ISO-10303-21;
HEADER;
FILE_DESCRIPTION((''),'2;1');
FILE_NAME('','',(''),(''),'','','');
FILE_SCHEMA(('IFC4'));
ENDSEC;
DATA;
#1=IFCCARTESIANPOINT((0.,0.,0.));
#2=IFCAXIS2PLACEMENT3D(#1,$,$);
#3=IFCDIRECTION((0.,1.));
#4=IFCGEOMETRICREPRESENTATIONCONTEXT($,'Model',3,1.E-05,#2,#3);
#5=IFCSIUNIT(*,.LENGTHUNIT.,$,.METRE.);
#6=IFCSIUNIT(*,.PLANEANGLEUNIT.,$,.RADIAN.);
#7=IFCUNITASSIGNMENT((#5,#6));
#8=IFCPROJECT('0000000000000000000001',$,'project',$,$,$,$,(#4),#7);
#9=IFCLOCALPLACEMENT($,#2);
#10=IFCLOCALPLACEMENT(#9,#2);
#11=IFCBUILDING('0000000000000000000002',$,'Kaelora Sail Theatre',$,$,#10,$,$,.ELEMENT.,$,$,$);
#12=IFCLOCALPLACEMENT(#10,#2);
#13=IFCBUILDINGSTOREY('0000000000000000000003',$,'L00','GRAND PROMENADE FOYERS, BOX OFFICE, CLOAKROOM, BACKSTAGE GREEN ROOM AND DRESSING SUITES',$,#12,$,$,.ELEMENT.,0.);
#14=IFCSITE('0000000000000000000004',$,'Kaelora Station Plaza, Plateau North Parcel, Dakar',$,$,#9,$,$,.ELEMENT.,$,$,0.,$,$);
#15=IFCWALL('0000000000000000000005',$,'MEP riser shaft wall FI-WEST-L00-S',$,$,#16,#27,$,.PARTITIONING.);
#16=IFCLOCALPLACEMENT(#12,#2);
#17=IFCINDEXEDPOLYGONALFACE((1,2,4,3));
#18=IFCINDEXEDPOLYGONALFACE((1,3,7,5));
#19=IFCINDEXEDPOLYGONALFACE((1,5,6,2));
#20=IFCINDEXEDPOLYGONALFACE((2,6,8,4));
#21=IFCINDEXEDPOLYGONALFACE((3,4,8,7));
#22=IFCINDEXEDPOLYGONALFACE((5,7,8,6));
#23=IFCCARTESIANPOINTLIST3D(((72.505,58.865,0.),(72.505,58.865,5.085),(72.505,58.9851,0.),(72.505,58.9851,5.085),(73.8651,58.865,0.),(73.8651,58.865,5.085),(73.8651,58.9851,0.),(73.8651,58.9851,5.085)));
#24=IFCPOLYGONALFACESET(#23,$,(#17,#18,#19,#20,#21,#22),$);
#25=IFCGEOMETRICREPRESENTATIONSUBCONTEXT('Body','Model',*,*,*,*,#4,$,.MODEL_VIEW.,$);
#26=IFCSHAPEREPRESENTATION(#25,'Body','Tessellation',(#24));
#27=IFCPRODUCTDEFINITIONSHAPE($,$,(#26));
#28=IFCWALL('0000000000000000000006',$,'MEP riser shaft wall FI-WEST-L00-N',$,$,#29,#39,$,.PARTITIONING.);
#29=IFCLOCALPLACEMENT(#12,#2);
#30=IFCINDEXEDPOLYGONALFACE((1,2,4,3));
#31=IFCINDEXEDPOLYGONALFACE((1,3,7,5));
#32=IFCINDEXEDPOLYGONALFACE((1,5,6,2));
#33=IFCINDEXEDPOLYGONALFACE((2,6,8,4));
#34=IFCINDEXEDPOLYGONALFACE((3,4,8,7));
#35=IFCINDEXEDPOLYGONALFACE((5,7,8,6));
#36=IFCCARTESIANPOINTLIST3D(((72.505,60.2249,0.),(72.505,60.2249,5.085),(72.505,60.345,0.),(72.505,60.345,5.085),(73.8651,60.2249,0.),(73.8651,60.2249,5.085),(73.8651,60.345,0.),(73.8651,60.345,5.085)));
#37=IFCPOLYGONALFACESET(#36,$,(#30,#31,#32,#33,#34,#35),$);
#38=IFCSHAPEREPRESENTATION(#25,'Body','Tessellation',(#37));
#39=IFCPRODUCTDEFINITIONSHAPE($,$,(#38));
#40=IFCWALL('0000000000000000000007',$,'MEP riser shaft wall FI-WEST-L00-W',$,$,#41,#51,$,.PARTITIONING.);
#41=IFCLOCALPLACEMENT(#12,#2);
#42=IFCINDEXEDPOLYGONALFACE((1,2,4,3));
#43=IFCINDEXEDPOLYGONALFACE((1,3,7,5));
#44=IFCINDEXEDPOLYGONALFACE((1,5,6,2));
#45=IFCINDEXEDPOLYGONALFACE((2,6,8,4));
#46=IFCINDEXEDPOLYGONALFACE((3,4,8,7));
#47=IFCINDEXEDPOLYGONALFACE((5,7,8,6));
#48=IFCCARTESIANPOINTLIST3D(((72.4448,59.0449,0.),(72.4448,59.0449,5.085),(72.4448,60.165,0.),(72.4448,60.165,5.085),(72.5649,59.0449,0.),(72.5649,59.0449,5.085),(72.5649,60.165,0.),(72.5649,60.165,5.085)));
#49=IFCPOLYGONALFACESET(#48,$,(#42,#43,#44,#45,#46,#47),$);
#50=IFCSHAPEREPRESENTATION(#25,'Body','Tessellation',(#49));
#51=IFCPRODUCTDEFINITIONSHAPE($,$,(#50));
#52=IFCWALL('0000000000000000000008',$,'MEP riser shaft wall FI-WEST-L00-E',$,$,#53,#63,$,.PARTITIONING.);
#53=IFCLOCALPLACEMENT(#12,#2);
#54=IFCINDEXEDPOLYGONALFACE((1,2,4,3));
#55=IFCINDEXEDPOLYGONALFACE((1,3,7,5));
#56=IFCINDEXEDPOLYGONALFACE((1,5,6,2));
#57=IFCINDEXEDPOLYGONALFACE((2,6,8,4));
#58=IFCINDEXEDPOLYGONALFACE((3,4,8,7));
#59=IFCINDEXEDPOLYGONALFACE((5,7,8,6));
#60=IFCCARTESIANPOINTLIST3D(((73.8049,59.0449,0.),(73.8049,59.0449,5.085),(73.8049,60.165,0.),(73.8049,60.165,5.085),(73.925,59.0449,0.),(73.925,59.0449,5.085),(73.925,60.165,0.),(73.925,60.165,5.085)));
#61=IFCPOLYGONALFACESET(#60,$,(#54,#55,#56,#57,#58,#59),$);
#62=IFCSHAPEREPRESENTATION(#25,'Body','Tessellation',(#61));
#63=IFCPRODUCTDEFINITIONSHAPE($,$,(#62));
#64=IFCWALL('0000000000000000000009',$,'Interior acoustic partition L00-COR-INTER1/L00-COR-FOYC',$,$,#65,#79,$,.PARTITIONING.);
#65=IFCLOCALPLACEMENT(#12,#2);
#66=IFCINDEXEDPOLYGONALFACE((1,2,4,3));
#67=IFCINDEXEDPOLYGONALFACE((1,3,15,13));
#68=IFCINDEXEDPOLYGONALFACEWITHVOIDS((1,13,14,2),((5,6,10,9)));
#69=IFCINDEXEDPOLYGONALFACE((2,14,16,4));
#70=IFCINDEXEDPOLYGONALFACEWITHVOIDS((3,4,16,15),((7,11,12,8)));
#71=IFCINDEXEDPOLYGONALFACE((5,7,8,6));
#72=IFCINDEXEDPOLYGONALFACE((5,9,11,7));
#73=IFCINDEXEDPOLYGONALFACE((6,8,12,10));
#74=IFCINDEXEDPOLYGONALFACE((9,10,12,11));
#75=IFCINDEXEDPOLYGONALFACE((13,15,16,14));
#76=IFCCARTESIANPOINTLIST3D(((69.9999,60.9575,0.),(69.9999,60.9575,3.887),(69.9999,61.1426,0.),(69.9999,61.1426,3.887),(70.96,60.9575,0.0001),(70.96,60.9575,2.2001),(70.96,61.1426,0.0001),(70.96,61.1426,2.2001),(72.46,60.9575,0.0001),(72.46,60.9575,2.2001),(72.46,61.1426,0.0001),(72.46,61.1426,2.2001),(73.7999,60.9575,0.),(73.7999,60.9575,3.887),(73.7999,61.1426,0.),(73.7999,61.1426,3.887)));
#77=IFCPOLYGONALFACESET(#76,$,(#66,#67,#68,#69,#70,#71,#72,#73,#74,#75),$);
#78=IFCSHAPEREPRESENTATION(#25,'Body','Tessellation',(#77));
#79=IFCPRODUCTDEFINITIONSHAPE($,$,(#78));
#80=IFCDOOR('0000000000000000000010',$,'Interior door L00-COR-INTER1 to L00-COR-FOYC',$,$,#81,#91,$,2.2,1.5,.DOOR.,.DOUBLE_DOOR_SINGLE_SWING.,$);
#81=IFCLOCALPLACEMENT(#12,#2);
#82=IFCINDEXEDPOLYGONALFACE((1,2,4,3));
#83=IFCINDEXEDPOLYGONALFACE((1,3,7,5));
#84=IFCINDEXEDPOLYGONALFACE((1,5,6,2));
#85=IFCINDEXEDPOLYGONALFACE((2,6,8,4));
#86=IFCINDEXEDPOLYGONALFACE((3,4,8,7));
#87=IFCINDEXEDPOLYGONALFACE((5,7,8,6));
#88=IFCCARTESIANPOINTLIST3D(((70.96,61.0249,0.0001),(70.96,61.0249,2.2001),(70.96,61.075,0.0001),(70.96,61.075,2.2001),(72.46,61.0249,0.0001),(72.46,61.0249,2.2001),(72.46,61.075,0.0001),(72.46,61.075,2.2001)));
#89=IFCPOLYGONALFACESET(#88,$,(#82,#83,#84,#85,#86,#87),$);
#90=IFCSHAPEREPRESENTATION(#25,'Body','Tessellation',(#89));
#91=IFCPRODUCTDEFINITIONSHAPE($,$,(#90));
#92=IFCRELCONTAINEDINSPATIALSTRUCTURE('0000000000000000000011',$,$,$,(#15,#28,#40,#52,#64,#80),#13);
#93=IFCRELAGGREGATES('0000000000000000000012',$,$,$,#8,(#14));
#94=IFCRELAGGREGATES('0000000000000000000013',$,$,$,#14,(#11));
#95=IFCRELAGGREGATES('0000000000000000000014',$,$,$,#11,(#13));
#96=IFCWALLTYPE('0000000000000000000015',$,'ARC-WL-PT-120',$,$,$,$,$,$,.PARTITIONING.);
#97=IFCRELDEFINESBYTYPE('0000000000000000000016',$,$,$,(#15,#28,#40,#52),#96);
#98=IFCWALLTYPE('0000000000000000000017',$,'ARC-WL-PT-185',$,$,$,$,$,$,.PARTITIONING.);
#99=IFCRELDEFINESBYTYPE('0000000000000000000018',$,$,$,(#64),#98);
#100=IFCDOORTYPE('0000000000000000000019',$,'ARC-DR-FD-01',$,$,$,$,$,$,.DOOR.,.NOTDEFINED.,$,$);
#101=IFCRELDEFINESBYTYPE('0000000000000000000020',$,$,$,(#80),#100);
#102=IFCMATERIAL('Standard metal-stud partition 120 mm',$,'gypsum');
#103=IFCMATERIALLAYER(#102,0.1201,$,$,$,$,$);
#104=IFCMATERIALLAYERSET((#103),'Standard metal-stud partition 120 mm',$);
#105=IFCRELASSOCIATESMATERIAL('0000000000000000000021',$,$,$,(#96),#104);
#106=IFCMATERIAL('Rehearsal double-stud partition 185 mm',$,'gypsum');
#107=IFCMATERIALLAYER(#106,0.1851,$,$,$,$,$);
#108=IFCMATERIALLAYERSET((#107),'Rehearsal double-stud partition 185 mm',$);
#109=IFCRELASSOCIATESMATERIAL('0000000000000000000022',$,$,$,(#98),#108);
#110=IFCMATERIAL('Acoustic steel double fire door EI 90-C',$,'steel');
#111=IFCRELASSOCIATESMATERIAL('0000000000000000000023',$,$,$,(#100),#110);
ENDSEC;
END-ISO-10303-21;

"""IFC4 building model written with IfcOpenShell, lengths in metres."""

from ifc_helpers import new_model, si_unit, direction, frame, frame_2d, origin, place, context, subcontext, project, spatial, rectangle, extrude, material, layer, layer_set, type_object, element, fill, save


model = new_model("IFC4")

# Units and contexts
model_context = context("Model", 3, precision=1e-05, world=origin(), true_north=direction((0.0, 1.0)))
body_context = subcontext(model_context, "Body", "Model", "MODEL_VIEW")
ifc_project = project(units=[si_unit("LENGTHUNIT", "METRE"), si_unit("PLANEANGLEUNIT", "RADIAN")], contexts=[model_context])

# Site, building, storey
site_placement = place(None, origin())
site = spatial("IfcSite", under=ifc_project, at=site_placement, Name="Kaelora Station Plaza, Plateau North Parcel, Dakar", CompositionType="ELEMENT", RefElevation=0.0)
building_placement = place(site_placement, origin())
building = spatial("IfcBuilding", under=site, at=building_placement, Name="Kaelora Sail Theatre", CompositionType="ELEMENT")
storey_placement = place(building_placement, origin())
storey = spatial("IfcBuildingStorey", under=building, at=storey_placement, Name="L00", Description="GRAND PROMENADE FOYERS, BOX OFFICE, CLOAKROOM, BACKSTAGE GREEN ROOM AND DRESSING SUITES", CompositionType="ELEMENT", Elevation=0.0)

# Walls
ifc_material_1 = material(Name="Standard metal-stud partition 120 mm", Category="gypsum")
ifc_layer_1 = layer(ifc_material_1, 0.1201)
ifc_layer_set_1 = layer_set([ifc_layer_1], Name="Standard metal-stud partition 120 mm")
wall_type_1 = type_object("IfcWallType", Name="ARC-WL-PT-120", PredefinedType="PARTITIONING", material=ifc_layer_set_1)
for number, where, z_axis, x_axis, name in (
    (1, (72.5049, 58.925, 0.0), (0.0, 0.0, 1.0), (1.0, 0.0, 0.0), "MEP riser shaft wall FI-WEST-L00-S"),
    (2, (72.5049, 60.2849, 0.0), (0.0, 0.0, 1.0), (1.0, 0.0, 0.0), "MEP riser shaft wall FI-WEST-L00-N"),
):
    element("IfcWall", number, at=place(storey_placement, frame(where, z_axis=z_axis, x_axis=x_axis)), inside=storey, type_object=wall_type_1, Name=name, PredefinedType="PARTITIONING", context=body_context, shape_type="SweptSolid", body=[
        extrude(rectangle(XDim=1.3601, YDim=0.1201, at=frame_2d((0.6802, 0.0))), origin(), (0.0, 0.0, 1.0), 5.085),
    ])
for number, where, z_axis, x_axis, name in (
    (3, (72.5049, 59.0449, 0.0), (0.0, 0.0, 1.0), (0.0, 1.0, 0.0), "MEP riser shaft wall FI-WEST-L00-W"),
    (4, (73.865, 59.0449, 0.0), (0.0, 0.0, 1.0), (0.0, 1.0, 0.0), "MEP riser shaft wall FI-WEST-L00-E"),
):
    element("IfcWall", number, at=place(storey_placement, frame(where, z_axis=z_axis, x_axis=x_axis)), inside=storey, type_object=wall_type_1, Name=name, PredefinedType="PARTITIONING", context=body_context, shape_type="SweptSolid", body=[
        extrude(rectangle(XDim=1.1201, YDim=0.1201, at=frame_2d((0.5601, 0.0))), origin(), (0.0, 0.0, 1.0), 5.085),
    ])

# Wall, opening, door
ifc_material_2 = material(Name="Rehearsal double-stud partition 185 mm", Category="gypsum")
ifc_layer_2 = layer(ifc_material_2, 0.1851)
ifc_layer_set_2 = layer_set([ifc_layer_2], Name="Rehearsal double-stud partition 185 mm")
wall_type_2 = type_object("IfcWallType", Name="ARC-WL-PT-185", PredefinedType="PARTITIONING", material=ifc_layer_set_2)
wall_placement = place(storey_placement, frame((70.0, 61.05, 0.0), z_axis=(0.0, 0.0, 1.0), x_axis=(1.0, 0.0, 0.0)))
wall = element("IfcWall", 5, at=wall_placement, inside=storey, type_object=wall_type_2, Name="Interior acoustic partition L00-COR-INTER1/L00-COR-FOYC", PredefinedType="PARTITIONING", context=body_context, shape_type="SweptSolid", body=[
    extrude(rectangle(XDim=3.8, YDim=0.1851, at=frame_2d((1.8999, 0.0))), origin(), (0.0, 0.0, 1.0), 3.887),
])
opening_placement = place(wall_placement, frame((0.96, 0.0, 0.0)))
opening = element("IfcOpeningElement", 6, at=opening_placement, cuts=wall, PredefinedType="OPENING", context=body_context, shape_type="SweptSolid", body=[
    extrude(rectangle(XDim=1.5, YDim=2.2, at=frame_2d((0.75, 1.1001))), frame((0.0, 0.1025, 0.0), z_axis=(0.0, -1.0, 0.0), x_axis=(1.0, 0.0, 0.0)), (0.0, 0.0, 1.0), 0.2051),
])
ifc_material_3 = material(Name="Acoustic steel double fire door EI 90-C", Category="steel")
door_type = type_object("IfcDoorType", Name="ARC-DR-FD-01", OperationType="NOTDEFINED", PredefinedType="DOOR", material=ifc_material_3)
door_placement = place(opening_placement, origin())
door = element("IfcDoor", 7, at=door_placement, inside=storey, type_object=door_type, Name="Interior door L00-COR-INTER1 to L00-COR-FOYC", OperationType="DOUBLE_DOOR_SINGLE_SWING", OverallHeight=2.2, OverallWidth=1.5, PredefinedType="DOOR", context=body_context, shape_type="SweptSolid", body=[
    extrude(rectangle(XDim=1.5, YDim=2.2, at=frame_2d((0.75, 1.1001))), frame((0.0, 0.0249, 0.0), z_axis=(0.0, -1.0, 0.0), x_axis=(1.0, 0.0, 0.0)), (0.0, 0.0, 1.0), 0.05),
])
fill(opening, door)

save(model, "model.ifc")
